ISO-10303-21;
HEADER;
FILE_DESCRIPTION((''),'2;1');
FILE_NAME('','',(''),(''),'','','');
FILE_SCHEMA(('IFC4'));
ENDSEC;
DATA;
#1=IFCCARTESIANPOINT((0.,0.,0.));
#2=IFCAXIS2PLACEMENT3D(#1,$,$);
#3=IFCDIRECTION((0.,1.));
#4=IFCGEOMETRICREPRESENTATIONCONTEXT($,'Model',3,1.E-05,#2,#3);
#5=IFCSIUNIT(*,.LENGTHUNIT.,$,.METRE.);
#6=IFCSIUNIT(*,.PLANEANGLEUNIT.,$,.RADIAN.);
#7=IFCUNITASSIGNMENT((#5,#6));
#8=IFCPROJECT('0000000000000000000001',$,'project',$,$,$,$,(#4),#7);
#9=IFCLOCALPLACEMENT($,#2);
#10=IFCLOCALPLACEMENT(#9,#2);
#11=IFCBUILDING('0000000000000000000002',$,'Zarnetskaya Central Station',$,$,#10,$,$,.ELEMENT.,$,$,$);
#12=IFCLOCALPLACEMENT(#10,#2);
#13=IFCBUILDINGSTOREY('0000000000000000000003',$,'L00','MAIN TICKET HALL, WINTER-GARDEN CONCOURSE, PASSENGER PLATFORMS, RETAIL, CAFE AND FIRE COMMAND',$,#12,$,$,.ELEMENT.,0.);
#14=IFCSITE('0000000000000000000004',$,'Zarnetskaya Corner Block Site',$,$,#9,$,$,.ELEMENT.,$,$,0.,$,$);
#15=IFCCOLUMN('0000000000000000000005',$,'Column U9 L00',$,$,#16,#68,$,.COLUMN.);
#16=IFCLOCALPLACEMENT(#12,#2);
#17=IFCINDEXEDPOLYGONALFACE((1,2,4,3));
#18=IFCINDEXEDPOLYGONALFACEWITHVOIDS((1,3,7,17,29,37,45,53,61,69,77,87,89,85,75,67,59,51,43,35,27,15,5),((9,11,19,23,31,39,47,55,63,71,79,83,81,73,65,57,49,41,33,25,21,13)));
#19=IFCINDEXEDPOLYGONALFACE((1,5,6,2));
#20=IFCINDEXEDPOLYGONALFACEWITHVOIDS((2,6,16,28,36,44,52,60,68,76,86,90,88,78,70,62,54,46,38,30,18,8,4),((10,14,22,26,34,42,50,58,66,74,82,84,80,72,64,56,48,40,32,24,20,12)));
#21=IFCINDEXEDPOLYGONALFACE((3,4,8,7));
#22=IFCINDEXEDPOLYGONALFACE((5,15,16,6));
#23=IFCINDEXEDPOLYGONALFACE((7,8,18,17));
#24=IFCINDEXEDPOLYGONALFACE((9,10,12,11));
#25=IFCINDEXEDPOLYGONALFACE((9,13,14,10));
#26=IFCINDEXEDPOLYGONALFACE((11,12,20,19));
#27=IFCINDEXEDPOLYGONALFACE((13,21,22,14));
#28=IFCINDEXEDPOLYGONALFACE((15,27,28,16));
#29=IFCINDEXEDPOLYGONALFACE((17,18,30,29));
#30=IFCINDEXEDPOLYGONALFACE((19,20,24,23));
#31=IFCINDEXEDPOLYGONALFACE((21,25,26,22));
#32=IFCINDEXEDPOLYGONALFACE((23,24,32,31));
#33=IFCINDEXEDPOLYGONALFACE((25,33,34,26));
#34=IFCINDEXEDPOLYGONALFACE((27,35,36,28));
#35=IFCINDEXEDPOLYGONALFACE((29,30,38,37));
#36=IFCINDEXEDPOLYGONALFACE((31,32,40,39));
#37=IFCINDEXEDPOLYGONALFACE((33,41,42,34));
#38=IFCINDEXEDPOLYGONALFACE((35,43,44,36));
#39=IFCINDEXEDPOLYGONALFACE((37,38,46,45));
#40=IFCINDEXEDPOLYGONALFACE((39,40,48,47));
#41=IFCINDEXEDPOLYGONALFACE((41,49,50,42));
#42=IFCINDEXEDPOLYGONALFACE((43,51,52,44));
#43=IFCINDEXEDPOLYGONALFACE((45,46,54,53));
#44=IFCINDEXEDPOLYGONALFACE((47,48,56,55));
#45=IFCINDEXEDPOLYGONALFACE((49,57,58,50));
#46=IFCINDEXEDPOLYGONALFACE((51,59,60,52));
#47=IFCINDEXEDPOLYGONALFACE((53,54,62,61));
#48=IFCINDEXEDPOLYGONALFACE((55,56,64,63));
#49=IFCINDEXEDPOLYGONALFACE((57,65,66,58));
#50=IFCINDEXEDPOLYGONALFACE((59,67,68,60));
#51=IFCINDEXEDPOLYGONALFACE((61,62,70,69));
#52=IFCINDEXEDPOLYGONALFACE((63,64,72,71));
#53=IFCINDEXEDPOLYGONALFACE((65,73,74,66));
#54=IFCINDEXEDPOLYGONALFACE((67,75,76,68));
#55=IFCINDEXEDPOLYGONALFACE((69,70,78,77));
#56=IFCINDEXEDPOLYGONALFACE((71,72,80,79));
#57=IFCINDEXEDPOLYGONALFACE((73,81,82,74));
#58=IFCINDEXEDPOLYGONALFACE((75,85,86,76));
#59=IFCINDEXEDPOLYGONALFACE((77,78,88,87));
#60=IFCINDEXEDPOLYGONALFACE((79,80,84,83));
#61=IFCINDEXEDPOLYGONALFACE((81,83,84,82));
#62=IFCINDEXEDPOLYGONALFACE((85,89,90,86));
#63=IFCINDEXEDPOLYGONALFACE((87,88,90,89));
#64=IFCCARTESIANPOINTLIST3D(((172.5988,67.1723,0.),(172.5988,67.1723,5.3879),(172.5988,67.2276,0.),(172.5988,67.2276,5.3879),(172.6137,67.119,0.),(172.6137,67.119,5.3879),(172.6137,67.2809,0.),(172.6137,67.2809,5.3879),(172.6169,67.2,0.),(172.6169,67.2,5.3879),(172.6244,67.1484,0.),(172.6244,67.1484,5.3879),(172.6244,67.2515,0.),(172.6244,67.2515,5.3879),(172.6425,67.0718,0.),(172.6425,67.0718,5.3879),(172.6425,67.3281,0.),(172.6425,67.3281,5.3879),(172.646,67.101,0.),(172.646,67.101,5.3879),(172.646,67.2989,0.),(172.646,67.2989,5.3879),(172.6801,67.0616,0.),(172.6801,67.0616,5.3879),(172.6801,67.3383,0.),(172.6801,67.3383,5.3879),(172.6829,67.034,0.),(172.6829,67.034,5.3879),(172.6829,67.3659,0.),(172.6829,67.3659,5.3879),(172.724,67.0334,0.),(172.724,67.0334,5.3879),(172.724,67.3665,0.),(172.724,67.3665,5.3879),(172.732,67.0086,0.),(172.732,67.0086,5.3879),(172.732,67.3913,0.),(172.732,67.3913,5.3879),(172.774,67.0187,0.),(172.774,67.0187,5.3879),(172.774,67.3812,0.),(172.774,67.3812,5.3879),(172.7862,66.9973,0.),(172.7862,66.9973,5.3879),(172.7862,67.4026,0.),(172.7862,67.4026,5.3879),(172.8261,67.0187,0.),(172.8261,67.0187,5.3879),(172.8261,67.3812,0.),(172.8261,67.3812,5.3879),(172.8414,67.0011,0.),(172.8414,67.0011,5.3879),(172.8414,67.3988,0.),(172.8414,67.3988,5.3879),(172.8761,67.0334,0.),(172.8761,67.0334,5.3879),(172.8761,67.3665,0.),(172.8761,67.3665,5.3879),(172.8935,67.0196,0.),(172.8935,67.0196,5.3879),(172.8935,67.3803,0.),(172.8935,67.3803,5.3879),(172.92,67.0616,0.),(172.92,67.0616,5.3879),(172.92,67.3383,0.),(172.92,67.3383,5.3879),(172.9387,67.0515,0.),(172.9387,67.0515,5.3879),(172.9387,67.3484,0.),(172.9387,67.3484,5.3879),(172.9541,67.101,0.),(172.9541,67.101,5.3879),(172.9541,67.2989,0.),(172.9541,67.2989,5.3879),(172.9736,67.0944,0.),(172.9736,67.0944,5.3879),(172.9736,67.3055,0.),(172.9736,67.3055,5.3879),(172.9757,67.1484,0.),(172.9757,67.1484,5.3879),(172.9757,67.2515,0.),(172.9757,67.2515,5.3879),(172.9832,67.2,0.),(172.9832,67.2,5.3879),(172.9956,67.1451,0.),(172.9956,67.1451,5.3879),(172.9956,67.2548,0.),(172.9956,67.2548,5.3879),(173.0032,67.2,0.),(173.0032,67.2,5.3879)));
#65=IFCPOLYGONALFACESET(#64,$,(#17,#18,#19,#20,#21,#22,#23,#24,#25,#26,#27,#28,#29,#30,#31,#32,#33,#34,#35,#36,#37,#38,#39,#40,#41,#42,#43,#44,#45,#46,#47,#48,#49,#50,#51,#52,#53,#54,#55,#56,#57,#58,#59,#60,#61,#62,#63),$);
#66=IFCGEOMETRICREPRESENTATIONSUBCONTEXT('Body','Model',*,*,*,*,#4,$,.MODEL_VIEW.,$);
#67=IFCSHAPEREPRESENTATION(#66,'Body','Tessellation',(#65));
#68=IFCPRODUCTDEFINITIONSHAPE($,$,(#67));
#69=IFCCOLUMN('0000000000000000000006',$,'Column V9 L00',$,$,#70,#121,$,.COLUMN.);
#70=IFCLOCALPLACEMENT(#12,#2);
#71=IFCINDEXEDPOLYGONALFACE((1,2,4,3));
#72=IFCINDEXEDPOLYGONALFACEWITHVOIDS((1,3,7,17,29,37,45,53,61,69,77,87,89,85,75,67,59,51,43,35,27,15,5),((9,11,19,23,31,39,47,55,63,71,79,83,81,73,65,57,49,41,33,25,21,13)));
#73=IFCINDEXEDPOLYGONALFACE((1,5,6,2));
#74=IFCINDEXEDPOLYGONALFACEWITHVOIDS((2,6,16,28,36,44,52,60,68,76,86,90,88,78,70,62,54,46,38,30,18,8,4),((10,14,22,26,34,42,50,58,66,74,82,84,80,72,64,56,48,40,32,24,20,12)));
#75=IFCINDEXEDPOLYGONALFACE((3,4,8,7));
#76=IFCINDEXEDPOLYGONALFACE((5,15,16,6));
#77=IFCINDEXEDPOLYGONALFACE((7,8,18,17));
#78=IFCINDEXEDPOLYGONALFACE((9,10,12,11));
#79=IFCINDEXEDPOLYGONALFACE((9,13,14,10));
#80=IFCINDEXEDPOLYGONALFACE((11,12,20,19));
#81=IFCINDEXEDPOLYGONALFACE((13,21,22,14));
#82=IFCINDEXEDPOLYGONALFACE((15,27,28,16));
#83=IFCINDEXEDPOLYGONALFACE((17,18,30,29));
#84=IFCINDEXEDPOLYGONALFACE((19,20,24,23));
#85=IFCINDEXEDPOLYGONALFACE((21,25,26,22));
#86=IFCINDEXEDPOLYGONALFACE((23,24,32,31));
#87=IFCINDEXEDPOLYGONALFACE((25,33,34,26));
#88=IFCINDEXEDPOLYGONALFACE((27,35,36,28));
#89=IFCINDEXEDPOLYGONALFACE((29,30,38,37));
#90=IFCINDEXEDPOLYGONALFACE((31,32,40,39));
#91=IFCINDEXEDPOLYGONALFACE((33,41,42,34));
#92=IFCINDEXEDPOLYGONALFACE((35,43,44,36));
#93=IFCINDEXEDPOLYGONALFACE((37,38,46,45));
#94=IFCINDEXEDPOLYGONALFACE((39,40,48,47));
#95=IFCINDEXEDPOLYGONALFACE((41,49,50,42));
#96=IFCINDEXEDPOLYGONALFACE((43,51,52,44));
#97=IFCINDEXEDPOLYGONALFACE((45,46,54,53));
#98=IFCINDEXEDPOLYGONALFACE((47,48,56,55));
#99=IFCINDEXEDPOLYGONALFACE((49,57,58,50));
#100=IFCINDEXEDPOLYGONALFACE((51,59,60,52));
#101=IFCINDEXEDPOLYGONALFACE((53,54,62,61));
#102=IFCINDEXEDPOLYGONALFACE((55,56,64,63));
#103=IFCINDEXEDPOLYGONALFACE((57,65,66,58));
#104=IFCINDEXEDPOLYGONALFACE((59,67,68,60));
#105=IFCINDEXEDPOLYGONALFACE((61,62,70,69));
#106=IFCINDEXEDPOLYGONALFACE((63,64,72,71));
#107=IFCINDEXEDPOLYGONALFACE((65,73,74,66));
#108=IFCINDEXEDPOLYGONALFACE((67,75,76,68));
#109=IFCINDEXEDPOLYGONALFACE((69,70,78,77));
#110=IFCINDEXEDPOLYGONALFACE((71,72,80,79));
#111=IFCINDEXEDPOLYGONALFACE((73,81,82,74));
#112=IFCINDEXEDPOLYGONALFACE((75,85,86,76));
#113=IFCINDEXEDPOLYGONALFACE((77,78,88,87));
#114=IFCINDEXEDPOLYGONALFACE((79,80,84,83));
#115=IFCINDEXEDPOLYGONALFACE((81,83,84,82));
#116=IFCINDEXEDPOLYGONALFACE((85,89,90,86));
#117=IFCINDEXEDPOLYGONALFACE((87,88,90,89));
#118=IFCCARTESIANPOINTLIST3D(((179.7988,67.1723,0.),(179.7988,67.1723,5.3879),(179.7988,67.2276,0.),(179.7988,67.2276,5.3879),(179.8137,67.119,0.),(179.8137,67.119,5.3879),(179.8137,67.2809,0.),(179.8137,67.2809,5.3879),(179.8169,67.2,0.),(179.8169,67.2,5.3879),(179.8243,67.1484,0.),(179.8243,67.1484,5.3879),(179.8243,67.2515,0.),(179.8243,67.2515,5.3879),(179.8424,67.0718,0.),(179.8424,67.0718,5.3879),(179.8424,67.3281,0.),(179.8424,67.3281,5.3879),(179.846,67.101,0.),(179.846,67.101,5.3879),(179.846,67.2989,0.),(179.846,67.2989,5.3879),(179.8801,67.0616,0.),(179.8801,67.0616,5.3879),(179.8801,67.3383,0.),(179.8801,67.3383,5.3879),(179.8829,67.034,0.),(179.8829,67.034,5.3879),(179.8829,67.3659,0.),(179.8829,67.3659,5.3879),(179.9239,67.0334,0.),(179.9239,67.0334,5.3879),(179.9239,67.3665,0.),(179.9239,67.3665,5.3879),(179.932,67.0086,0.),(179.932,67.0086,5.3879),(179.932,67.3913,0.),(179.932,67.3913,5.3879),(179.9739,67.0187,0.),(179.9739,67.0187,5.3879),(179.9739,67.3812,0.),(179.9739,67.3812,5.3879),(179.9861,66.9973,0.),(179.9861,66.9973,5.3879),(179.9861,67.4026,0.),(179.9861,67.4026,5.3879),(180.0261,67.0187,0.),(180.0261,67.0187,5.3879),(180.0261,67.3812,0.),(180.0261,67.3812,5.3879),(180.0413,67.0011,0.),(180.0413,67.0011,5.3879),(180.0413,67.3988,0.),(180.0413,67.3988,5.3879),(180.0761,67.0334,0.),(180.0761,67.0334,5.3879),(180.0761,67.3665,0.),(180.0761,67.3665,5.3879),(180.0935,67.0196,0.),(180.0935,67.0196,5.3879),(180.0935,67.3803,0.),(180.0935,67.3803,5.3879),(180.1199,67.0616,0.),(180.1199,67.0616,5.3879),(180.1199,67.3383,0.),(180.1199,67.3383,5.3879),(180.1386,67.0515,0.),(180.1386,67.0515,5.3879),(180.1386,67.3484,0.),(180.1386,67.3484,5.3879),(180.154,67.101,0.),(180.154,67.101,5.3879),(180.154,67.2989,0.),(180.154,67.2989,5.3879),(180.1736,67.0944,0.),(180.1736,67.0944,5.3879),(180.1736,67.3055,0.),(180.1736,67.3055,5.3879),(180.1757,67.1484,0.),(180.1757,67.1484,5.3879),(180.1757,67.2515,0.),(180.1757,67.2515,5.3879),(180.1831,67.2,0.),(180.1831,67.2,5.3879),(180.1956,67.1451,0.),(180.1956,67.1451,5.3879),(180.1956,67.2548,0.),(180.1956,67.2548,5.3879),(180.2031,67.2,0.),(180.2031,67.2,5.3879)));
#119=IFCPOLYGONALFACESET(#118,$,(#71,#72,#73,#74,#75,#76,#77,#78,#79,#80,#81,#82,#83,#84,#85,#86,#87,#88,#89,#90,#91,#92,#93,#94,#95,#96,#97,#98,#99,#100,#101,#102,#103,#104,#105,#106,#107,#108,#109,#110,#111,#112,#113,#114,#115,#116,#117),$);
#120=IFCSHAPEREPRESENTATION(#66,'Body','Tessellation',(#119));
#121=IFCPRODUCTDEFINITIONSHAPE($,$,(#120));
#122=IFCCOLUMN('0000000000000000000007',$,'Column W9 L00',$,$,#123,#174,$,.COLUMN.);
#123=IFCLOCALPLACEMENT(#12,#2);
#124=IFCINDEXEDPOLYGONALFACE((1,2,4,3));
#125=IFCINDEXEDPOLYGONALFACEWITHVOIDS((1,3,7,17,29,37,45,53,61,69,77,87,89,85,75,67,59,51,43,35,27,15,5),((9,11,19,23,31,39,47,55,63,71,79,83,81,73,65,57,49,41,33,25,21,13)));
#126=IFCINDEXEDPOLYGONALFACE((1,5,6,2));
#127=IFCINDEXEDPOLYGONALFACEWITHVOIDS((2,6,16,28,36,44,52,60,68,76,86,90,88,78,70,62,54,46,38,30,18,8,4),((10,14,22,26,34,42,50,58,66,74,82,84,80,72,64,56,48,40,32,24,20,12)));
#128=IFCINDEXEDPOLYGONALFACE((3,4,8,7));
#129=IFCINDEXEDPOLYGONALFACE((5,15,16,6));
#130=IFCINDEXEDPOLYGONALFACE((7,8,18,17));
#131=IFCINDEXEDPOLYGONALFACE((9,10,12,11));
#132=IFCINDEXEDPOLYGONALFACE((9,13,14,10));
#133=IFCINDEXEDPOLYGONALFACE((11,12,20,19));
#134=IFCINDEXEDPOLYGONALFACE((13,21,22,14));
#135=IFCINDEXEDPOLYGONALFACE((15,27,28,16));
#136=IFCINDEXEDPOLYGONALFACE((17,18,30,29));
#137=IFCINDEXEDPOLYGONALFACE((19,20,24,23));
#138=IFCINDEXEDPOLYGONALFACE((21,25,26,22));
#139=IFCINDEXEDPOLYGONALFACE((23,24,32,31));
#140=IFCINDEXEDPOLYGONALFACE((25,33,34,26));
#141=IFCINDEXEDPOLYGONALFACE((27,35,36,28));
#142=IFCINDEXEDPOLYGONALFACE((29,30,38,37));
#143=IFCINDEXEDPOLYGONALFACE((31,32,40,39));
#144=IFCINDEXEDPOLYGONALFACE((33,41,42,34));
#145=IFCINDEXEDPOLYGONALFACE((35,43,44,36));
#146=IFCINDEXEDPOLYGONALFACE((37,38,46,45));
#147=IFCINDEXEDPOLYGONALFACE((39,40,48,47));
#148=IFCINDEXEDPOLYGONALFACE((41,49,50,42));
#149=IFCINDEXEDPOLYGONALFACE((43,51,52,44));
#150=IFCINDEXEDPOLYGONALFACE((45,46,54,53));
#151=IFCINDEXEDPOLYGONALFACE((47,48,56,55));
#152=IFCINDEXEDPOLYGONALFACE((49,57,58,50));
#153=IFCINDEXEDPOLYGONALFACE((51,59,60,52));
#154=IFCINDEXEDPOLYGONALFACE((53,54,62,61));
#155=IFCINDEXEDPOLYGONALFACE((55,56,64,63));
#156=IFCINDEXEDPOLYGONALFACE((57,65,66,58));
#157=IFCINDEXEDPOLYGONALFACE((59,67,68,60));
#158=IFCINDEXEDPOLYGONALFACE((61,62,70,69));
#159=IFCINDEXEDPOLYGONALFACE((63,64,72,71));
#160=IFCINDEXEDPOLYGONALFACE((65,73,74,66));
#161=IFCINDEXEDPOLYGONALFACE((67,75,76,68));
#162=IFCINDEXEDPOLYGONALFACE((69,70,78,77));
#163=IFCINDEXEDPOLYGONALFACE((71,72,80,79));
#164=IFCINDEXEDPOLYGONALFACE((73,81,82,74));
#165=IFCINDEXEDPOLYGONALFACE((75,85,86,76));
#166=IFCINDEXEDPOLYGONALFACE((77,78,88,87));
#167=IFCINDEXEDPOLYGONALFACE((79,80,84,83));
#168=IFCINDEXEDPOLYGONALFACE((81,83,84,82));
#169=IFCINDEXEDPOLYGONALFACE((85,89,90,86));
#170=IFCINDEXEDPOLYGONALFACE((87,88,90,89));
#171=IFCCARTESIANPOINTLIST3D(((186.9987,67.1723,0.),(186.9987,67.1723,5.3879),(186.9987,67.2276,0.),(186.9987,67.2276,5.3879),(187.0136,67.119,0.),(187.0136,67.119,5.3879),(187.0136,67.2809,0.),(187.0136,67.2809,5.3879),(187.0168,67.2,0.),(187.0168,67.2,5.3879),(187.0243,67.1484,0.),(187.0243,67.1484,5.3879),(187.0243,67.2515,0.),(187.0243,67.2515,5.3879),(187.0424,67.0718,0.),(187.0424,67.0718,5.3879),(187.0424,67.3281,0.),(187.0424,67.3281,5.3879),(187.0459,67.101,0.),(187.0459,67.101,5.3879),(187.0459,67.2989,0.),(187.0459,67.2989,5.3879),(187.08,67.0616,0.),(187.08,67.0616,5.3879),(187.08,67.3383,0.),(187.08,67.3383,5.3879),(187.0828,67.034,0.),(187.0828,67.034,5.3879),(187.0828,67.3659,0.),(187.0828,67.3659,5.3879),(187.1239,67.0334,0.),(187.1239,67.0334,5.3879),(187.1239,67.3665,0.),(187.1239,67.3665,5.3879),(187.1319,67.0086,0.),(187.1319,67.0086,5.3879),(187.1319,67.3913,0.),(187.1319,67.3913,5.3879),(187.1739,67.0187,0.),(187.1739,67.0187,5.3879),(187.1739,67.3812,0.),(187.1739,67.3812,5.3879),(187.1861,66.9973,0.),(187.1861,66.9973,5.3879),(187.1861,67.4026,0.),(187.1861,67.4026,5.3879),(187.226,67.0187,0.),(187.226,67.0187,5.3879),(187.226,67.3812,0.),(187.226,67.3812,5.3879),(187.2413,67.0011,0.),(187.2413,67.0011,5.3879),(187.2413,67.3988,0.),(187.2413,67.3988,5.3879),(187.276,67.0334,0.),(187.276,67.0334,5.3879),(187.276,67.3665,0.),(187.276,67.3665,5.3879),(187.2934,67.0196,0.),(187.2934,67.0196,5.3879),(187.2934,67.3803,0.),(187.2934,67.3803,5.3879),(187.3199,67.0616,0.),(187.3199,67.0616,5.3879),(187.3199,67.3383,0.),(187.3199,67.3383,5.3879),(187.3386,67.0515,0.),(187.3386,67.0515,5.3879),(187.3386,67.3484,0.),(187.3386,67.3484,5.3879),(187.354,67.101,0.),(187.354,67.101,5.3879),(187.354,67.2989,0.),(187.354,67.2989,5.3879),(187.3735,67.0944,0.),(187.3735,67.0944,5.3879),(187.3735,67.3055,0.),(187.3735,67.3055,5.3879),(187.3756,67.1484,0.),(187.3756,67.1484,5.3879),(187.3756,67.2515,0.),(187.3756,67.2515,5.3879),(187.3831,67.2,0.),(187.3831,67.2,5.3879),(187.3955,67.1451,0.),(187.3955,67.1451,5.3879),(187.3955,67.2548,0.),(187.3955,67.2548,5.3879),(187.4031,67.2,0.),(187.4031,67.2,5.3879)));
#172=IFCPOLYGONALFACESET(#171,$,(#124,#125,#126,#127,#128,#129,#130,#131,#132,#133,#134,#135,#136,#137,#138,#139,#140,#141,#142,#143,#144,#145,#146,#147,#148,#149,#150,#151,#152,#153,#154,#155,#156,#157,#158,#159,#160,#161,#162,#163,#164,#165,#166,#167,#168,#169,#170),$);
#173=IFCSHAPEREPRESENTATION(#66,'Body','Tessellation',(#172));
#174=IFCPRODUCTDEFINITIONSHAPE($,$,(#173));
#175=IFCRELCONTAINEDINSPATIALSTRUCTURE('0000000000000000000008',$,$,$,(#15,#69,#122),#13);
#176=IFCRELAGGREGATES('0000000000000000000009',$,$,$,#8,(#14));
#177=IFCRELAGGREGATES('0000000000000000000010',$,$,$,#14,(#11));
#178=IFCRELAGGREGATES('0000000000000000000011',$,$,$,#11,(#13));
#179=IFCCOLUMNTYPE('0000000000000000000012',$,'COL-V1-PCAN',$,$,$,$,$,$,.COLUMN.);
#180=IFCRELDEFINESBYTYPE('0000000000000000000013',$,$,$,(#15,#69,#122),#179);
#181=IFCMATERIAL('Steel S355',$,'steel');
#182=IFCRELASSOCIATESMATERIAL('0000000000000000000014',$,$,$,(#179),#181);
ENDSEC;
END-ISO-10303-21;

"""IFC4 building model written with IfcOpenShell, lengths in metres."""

from ifc_helpers import new_model, si_unit, direction, frame, origin, origin_2d, place, context, subcontext, project, spatial, hollow_circle, extrude, material, material_profile, profile_set, type_object, element, save


model = new_model("IFC4")

# Units and contexts
model_context = context("Model", 3, precision=1e-05, world=origin(), true_north=direction((0.0, 1.0)))
body_context = subcontext(model_context, "Body", "Model", "MODEL_VIEW")
ifc_project = project(units=[si_unit("LENGTHUNIT", "METRE"), si_unit("PLANEANGLEUNIT", "RADIAN")], contexts=[model_context])

# Site, building, storey
site_placement = place(None, origin())
site = spatial("IfcSite", under=ifc_project, at=site_placement, Name="Zarnetskaya Corner Block Site", CompositionType="ELEMENT", RefElevation=0.0)
building_placement = place(site_placement, origin())
building = spatial("IfcBuilding", under=site, at=building_placement, Name="Zarnetskaya Central Station", CompositionType="ELEMENT")
storey_placement = place(building_placement, origin())
storey = spatial("IfcBuildingStorey", under=building, at=storey_placement, Name="L00", Description="MAIN TICKET HALL, WINTER-GARDEN CONCOURSE, PASSENGER PLATFORMS, RETAIL, CAFE AND FIRE COMMAND", CompositionType="ELEMENT", Elevation=0.0)

# Columns
ifc_material_1 = material(Name="Steel S355", Category="steel")
ifc_material_profile_1 = material_profile(ifc_material_1, hollow_circle(Radius=0.2031, WallThickness=0.02, at=origin_2d()), Name="CHS 406.4x20")
ifc_profile_set_1 = profile_set([ifc_material_profile_1], Name="Steel S355")
column_type_1 = type_object("IfcColumnType", Name="COL-V1-PCAN", PredefinedType="COLUMN", material=ifc_profile_set_1)
for number, where, z_axis, x_axis, name in (
    (1, (172.8, 67.2, 0.0), (0.0, 0.0, 1.0), (1.0, 0.0, 0.0), "Column U9 L00"),
    (2, (180.0, 67.2, 0.0), (0.0, 0.0, 1.0), (1.0, 0.0, 0.0), "Column V9 L00"),
    (3, (187.2, 67.2, 0.0), (0.0, 0.0, 1.0), (1.0, 0.0, 0.0), "Column W9 L00"),
):
    element("IfcColumn", number, at=place(storey_placement, frame(where, z_axis=z_axis, x_axis=x_axis)), inside=storey, type_object=column_type_1, Name=name, PredefinedType="COLUMN", context=body_context, shape_type="SweptSolid", body=[
        extrude(hollow_circle(Radius=0.2031, WallThickness=0.02, at=origin_2d()), origin(), (0.0, 0.0, 1.0), 5.3879),
    ])

save(model, "model.ifc")
